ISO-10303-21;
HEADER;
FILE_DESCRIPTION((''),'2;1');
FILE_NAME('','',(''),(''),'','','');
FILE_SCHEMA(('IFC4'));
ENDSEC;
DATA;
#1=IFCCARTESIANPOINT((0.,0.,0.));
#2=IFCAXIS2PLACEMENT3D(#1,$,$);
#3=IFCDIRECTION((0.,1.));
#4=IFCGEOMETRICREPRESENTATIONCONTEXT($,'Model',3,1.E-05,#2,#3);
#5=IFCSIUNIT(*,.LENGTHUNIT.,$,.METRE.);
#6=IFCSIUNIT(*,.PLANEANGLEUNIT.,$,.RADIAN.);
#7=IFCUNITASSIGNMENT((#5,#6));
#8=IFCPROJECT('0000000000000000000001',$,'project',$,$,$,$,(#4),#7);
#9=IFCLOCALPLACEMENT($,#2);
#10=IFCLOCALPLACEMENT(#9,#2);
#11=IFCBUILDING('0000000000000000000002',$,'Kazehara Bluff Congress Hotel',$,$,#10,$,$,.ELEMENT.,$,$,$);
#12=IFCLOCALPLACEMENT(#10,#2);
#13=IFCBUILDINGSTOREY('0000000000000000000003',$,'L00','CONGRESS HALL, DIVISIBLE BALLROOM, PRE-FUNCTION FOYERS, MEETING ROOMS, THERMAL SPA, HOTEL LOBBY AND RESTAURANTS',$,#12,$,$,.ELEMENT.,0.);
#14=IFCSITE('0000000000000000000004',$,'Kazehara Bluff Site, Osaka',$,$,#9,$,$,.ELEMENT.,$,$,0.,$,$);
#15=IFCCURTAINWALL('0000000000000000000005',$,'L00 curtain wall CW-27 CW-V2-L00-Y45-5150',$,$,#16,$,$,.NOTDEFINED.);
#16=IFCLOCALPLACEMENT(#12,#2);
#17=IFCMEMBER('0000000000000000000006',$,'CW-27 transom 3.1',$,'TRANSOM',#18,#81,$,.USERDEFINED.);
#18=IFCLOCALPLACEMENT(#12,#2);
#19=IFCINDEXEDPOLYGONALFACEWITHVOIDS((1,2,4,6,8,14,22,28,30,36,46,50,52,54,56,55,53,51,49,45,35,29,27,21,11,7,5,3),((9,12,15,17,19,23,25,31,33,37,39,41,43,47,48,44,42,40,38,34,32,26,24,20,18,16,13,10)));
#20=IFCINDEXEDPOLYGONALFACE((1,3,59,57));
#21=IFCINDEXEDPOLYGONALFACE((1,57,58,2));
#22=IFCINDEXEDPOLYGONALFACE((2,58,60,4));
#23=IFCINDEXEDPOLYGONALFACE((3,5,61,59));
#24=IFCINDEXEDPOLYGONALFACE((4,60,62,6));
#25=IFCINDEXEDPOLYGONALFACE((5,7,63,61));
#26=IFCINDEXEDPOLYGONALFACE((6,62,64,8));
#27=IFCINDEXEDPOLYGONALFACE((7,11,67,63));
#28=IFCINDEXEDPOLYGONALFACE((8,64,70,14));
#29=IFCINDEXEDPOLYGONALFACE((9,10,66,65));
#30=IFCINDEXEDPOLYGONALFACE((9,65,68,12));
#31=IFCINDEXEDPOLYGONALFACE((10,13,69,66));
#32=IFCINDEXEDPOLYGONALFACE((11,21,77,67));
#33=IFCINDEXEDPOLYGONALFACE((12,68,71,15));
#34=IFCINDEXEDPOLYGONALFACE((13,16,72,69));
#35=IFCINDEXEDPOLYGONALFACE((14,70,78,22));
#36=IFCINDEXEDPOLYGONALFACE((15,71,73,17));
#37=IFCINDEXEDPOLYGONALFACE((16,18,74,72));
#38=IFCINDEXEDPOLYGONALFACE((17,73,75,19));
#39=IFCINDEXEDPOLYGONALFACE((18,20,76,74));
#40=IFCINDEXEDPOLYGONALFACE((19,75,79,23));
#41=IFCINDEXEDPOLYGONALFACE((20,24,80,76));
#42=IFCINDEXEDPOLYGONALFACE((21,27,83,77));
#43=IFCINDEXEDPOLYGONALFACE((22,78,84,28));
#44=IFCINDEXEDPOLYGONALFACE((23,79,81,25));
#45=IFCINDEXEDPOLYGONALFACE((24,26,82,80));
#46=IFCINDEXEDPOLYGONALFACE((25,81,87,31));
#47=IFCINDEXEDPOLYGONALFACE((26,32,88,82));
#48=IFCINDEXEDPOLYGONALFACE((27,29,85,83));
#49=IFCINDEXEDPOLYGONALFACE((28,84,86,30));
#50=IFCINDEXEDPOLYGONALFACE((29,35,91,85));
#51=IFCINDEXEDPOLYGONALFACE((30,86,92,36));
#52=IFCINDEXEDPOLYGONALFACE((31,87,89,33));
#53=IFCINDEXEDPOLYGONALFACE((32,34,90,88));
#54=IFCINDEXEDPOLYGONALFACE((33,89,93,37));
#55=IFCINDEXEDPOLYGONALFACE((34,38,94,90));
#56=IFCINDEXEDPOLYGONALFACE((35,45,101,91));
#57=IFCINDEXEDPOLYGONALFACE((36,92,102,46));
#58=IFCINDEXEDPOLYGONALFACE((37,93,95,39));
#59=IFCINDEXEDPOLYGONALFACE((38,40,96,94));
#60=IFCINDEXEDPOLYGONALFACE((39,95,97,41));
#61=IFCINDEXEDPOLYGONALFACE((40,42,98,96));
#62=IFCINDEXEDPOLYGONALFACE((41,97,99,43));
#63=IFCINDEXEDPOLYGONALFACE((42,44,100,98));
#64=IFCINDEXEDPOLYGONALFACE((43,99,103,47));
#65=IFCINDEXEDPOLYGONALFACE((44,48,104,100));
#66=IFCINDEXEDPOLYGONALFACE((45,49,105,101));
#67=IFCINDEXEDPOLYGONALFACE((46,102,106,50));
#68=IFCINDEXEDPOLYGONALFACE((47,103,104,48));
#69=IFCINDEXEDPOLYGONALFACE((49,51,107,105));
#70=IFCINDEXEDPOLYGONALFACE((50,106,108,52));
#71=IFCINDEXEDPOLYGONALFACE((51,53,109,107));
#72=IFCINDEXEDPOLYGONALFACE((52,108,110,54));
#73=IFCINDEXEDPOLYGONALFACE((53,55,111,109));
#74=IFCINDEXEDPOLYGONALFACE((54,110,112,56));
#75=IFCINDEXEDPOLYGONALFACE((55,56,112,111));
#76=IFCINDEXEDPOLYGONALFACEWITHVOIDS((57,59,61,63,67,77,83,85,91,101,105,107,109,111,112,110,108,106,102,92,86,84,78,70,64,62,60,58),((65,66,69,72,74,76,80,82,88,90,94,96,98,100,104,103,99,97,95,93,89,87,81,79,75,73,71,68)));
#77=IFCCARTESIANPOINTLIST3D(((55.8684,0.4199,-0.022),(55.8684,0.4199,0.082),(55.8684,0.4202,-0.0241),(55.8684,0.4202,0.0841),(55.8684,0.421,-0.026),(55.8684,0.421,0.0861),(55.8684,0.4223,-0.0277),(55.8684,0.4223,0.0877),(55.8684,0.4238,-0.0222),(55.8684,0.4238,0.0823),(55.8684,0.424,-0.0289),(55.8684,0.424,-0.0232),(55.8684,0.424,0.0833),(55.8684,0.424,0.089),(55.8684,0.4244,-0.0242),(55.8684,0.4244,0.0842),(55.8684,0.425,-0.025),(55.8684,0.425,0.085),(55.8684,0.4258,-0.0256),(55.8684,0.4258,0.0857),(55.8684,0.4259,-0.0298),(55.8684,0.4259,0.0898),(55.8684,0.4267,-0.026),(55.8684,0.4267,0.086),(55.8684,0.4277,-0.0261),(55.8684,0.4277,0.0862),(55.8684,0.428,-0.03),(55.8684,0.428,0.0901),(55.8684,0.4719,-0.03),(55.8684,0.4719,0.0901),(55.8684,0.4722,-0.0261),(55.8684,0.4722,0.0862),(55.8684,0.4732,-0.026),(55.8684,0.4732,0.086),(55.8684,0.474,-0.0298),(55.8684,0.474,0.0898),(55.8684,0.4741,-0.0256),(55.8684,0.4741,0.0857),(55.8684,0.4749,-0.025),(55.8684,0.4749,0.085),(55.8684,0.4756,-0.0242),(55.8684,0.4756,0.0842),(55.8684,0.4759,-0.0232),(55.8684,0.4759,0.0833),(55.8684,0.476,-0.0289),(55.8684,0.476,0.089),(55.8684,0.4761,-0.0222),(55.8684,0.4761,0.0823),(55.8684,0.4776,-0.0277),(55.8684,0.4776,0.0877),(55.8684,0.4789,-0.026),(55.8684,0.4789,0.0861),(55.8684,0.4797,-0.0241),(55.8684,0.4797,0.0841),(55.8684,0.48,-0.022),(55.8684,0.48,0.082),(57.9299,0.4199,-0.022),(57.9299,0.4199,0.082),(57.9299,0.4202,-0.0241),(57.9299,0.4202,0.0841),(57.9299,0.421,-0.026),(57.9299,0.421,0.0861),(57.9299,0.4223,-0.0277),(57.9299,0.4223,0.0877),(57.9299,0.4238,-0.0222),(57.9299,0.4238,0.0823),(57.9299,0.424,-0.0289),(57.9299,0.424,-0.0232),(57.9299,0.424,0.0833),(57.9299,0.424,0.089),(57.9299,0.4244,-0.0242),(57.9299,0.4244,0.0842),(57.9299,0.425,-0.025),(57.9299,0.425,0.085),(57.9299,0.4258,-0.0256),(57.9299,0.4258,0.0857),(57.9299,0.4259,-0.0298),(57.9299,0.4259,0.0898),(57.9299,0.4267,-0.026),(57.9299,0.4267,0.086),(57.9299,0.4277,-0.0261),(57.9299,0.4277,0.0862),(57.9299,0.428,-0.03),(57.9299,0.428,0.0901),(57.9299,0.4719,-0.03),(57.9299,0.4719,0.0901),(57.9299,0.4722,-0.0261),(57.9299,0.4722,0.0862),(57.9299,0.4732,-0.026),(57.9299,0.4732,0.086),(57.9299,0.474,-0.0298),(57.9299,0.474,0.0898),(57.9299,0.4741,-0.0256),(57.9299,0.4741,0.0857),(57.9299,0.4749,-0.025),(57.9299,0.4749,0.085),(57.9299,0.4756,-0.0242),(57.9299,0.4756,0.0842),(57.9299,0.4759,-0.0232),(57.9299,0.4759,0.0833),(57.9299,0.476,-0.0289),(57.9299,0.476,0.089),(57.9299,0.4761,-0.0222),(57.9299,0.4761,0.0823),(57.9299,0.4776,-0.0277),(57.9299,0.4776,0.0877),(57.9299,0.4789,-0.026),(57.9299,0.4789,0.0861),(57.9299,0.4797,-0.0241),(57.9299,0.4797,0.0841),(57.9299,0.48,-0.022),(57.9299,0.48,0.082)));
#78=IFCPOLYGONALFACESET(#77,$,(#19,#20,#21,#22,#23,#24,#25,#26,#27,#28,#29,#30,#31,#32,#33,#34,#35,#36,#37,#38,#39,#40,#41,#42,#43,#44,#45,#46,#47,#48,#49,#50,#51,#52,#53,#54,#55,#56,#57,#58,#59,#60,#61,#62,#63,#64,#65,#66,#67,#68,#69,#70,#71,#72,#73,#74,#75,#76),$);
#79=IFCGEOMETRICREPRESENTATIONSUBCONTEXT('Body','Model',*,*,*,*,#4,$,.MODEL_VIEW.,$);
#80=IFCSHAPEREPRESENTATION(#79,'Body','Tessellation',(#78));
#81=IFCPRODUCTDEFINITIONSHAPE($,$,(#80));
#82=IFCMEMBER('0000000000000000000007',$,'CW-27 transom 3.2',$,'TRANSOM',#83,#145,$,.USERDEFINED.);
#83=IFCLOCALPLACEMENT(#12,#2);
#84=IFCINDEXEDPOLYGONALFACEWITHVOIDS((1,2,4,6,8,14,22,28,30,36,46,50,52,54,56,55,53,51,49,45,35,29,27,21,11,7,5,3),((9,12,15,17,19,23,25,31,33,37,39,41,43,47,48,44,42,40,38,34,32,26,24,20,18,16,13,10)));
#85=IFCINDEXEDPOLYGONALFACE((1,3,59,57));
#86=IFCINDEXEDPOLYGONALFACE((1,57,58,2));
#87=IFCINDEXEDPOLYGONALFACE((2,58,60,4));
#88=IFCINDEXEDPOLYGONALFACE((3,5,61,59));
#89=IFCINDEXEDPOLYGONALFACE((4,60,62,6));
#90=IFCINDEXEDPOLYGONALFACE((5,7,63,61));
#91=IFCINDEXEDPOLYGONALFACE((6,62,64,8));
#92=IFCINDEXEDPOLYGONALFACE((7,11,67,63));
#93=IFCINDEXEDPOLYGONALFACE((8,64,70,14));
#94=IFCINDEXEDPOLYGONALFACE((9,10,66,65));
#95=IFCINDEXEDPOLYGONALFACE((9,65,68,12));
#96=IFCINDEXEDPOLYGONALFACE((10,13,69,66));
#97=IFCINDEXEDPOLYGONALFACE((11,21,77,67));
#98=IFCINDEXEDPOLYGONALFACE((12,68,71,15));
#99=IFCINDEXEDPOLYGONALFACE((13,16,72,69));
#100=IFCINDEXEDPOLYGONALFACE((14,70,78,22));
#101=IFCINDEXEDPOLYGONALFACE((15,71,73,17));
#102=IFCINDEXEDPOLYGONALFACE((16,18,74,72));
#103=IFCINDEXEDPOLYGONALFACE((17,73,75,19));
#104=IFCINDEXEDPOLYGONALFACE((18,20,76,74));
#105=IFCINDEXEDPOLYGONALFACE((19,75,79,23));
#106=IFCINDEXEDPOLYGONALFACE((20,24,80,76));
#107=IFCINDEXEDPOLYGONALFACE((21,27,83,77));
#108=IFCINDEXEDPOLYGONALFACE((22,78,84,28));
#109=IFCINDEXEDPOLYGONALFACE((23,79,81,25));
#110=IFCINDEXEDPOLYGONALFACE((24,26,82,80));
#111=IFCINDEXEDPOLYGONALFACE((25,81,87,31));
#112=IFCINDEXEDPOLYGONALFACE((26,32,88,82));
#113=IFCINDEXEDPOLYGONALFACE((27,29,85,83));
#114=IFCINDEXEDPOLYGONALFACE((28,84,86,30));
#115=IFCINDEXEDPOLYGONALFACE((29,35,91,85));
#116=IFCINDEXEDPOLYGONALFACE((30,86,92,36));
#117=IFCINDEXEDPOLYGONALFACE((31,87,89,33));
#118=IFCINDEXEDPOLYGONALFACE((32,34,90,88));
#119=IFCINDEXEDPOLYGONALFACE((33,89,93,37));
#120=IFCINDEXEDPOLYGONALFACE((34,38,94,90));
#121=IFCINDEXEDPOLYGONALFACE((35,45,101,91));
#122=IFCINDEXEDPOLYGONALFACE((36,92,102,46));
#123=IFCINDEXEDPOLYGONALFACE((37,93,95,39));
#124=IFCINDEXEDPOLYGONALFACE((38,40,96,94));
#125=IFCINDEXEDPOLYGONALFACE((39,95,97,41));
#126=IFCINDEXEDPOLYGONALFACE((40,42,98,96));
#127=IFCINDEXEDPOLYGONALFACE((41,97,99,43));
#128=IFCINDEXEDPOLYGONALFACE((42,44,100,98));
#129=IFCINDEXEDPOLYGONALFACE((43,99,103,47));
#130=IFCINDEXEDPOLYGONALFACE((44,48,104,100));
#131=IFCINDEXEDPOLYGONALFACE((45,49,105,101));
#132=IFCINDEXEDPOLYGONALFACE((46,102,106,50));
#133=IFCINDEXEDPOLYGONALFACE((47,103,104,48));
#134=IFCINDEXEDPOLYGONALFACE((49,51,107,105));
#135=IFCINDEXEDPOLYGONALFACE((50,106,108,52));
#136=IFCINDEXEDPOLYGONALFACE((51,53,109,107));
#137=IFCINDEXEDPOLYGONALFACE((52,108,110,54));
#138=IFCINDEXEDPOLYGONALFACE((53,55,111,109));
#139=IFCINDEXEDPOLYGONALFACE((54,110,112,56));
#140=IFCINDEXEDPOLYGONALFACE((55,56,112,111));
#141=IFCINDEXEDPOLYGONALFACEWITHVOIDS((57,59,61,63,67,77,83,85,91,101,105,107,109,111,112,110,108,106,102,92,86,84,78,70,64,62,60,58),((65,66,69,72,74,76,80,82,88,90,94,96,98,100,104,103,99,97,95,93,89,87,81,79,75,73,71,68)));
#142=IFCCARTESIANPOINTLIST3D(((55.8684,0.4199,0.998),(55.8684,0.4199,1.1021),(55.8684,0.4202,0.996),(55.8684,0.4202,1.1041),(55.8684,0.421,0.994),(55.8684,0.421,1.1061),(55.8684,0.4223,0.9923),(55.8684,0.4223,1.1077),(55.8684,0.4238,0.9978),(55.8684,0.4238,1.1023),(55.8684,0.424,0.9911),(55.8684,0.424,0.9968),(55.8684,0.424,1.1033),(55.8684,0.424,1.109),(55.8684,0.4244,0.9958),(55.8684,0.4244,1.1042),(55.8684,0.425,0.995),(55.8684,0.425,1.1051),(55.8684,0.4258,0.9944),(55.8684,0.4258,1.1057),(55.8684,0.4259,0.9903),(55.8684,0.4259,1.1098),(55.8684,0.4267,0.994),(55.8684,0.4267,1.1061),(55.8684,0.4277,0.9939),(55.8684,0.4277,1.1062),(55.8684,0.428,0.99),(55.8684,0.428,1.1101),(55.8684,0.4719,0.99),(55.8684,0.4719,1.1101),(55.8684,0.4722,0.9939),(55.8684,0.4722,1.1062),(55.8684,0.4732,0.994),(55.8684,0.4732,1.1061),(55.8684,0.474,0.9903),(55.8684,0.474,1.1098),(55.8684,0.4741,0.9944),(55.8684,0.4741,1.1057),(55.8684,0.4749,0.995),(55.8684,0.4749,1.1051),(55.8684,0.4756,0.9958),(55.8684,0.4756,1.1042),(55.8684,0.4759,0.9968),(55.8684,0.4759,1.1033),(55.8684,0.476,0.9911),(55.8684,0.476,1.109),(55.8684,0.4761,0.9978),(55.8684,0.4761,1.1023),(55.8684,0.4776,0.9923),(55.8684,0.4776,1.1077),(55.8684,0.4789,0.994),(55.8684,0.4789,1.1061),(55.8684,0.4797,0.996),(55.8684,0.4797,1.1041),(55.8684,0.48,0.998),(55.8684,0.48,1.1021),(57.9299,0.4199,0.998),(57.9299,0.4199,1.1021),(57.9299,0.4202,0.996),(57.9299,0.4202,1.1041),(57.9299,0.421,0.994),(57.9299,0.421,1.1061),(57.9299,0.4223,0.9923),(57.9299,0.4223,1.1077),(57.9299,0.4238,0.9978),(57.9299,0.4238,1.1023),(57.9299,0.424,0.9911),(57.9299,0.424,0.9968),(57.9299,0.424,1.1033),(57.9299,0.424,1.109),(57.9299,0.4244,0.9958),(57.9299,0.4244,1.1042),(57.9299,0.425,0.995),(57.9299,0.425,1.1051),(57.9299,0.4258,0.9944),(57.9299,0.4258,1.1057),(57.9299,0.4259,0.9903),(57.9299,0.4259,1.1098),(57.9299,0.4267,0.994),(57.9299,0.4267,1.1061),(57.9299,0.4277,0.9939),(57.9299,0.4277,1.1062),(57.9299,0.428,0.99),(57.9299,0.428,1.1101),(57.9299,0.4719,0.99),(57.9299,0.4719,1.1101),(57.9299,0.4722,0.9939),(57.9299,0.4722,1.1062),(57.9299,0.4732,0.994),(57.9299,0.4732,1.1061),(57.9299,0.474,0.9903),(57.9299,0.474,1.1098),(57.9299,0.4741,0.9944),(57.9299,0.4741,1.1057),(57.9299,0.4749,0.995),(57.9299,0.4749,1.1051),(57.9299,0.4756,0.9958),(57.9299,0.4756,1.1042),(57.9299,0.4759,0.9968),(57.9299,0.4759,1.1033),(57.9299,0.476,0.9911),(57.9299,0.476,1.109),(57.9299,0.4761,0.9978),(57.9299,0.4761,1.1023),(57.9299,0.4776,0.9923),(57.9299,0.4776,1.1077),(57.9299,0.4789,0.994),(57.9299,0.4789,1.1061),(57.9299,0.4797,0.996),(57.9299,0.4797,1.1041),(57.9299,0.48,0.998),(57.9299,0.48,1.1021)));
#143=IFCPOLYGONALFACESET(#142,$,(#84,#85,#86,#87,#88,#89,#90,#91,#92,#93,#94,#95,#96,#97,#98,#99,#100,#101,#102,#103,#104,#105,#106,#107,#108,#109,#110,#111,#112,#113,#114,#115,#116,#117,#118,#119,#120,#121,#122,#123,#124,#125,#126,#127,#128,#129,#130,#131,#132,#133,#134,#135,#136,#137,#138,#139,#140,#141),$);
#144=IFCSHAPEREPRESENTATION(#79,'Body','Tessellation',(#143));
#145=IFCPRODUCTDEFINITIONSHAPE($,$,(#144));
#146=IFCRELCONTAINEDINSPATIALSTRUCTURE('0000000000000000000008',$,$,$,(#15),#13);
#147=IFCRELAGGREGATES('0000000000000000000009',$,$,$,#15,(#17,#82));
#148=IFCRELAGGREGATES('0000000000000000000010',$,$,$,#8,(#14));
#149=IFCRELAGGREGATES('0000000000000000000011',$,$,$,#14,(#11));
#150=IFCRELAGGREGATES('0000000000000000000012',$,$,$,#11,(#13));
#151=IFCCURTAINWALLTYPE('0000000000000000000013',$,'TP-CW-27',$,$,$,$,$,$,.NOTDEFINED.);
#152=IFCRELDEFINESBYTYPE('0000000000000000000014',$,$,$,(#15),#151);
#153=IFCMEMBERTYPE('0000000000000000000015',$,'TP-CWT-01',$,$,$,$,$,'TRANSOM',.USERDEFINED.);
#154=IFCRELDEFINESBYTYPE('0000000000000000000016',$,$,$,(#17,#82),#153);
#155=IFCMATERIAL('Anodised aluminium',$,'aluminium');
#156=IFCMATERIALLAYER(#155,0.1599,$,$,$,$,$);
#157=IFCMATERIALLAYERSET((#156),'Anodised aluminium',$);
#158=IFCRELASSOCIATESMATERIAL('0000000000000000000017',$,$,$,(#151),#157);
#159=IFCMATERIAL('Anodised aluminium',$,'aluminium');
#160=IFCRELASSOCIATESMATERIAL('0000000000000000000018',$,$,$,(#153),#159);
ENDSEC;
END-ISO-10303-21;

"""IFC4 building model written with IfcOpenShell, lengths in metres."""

from ifc_helpers import new_model, si_unit, direction, frame, origin, origin_2d, place, context, subcontext, project, spatial, hollow_rectangle, extrude, material, layer, layer_set, material_profile, profile_set, type_object, element, aggregate, save


model = new_model("IFC4")

# Units and contexts
model_context = context("Model", 3, precision=1e-05, world=origin(), true_north=direction((0.0, 1.0)))
body_context = subcontext(model_context, "Body", "Model", "MODEL_VIEW")
ifc_project = project(units=[si_unit("LENGTHUNIT", "METRE"), si_unit("PLANEANGLEUNIT", "RADIAN")], contexts=[model_context])

# Site, building, storey
site_placement = place(None, origin())
site = spatial("IfcSite", under=ifc_project, at=site_placement, Name="Kazehara Bluff Site, Osaka", CompositionType="ELEMENT", RefElevation=0.0)
building_placement = place(site_placement, origin())
building = spatial("IfcBuilding", under=site, at=building_placement, Name="Kazehara Bluff Congress Hotel", CompositionType="ELEMENT")
storey_placement = place(building_placement, origin())
storey = spatial("IfcBuildingStorey", under=building, at=storey_placement, Name="L00", Description="CONGRESS HALL, DIVISIBLE BALLROOM, PRE-FUNCTION FOYERS, MEETING ROOMS, THERMAL SPA, HOTEL LOBBY AND RESTAURANTS", CompositionType="ELEMENT", Elevation=0.0)

# Curtain wall
ifc_material_1 = material(Name="Anodised aluminium", Category="aluminium")
ifc_layer_1 = layer(ifc_material_1, 0.1599)
ifc_layer_set_1 = layer_set([ifc_layer_1], Name="Anodised aluminium")
curtain_wall_type_1 = type_object("IfcCurtainWallType", Name="TP-CW-27", PredefinedType="NOTDEFINED", material=ifc_layer_set_1)
curtain_wall_1_placement = place(storey_placement, origin())
curtain_wall_1 = element("IfcCurtainWall", 1, at=curtain_wall_1_placement, inside=storey, type_object=curtain_wall_type_1, Name="L00 curtain wall CW-27 CW-V2-L00-Y45-5150", PredefinedType="NOTDEFINED")

# Members
ifc_material_2 = material(Name="Anodised aluminium", Category="aluminium")
ifc_material_profile_1 = material_profile(ifc_material_2, hollow_rectangle(XDim=0.0601, YDim=0.1201, WallThickness=0.0039, InnerFilletRadius=0.0039, OuterFilletRadius=0.0081, at=origin_2d()))
ifc_profile_set_1 = profile_set([ifc_material_profile_1], Name="Anodised aluminium")
member_type_1 = type_object("IfcMemberType", Name="TP-CWT-01", ElementType="TRANSOM", PredefinedType="USERDEFINED", material=ifc_profile_set_1)
member_1_placement = place(storey_placement, frame((55.8684, 0.45, 0.03), z_axis=(1.0, 0.0, 0.0), x_axis=(0.0, 1.0, 0.0)))
member_1 = element("IfcMember", 2, at=member_1_placement, type_object=member_type_1, Name="CW-27 transom 3.1", ObjectType="TRANSOM", PredefinedType="USERDEFINED", context=body_context, shape_type="SweptSolid", body=[
    extrude(hollow_rectangle(XDim=0.0601, YDim=0.1201, WallThickness=0.0039, InnerFilletRadius=0.0039, OuterFilletRadius=0.0081, at=origin_2d()), origin(), (0.0, 0.0, 1.0), 2.0615),
])
member_2_placement = place(storey_placement, frame((55.8684, 0.45, 1.05), z_axis=(1.0, 0.0, 0.0), x_axis=(0.0, 1.0, 0.0)))
member_2 = element("IfcMember", 3, at=member_2_placement, type_object=member_type_1, Name="CW-27 transom 3.2", ObjectType="TRANSOM", PredefinedType="USERDEFINED", context=body_context, shape_type="SweptSolid", body=[
    extrude(hollow_rectangle(XDim=0.0601, YDim=0.1201, WallThickness=0.0039, InnerFilletRadius=0.0039, OuterFilletRadius=0.0081, at=origin_2d()), origin(), (0.0, 0.0, 1.0), 2.0615),
])

aggregate(curtain_wall_1, [member_1, member_2])

save(model, "model.ifc")
